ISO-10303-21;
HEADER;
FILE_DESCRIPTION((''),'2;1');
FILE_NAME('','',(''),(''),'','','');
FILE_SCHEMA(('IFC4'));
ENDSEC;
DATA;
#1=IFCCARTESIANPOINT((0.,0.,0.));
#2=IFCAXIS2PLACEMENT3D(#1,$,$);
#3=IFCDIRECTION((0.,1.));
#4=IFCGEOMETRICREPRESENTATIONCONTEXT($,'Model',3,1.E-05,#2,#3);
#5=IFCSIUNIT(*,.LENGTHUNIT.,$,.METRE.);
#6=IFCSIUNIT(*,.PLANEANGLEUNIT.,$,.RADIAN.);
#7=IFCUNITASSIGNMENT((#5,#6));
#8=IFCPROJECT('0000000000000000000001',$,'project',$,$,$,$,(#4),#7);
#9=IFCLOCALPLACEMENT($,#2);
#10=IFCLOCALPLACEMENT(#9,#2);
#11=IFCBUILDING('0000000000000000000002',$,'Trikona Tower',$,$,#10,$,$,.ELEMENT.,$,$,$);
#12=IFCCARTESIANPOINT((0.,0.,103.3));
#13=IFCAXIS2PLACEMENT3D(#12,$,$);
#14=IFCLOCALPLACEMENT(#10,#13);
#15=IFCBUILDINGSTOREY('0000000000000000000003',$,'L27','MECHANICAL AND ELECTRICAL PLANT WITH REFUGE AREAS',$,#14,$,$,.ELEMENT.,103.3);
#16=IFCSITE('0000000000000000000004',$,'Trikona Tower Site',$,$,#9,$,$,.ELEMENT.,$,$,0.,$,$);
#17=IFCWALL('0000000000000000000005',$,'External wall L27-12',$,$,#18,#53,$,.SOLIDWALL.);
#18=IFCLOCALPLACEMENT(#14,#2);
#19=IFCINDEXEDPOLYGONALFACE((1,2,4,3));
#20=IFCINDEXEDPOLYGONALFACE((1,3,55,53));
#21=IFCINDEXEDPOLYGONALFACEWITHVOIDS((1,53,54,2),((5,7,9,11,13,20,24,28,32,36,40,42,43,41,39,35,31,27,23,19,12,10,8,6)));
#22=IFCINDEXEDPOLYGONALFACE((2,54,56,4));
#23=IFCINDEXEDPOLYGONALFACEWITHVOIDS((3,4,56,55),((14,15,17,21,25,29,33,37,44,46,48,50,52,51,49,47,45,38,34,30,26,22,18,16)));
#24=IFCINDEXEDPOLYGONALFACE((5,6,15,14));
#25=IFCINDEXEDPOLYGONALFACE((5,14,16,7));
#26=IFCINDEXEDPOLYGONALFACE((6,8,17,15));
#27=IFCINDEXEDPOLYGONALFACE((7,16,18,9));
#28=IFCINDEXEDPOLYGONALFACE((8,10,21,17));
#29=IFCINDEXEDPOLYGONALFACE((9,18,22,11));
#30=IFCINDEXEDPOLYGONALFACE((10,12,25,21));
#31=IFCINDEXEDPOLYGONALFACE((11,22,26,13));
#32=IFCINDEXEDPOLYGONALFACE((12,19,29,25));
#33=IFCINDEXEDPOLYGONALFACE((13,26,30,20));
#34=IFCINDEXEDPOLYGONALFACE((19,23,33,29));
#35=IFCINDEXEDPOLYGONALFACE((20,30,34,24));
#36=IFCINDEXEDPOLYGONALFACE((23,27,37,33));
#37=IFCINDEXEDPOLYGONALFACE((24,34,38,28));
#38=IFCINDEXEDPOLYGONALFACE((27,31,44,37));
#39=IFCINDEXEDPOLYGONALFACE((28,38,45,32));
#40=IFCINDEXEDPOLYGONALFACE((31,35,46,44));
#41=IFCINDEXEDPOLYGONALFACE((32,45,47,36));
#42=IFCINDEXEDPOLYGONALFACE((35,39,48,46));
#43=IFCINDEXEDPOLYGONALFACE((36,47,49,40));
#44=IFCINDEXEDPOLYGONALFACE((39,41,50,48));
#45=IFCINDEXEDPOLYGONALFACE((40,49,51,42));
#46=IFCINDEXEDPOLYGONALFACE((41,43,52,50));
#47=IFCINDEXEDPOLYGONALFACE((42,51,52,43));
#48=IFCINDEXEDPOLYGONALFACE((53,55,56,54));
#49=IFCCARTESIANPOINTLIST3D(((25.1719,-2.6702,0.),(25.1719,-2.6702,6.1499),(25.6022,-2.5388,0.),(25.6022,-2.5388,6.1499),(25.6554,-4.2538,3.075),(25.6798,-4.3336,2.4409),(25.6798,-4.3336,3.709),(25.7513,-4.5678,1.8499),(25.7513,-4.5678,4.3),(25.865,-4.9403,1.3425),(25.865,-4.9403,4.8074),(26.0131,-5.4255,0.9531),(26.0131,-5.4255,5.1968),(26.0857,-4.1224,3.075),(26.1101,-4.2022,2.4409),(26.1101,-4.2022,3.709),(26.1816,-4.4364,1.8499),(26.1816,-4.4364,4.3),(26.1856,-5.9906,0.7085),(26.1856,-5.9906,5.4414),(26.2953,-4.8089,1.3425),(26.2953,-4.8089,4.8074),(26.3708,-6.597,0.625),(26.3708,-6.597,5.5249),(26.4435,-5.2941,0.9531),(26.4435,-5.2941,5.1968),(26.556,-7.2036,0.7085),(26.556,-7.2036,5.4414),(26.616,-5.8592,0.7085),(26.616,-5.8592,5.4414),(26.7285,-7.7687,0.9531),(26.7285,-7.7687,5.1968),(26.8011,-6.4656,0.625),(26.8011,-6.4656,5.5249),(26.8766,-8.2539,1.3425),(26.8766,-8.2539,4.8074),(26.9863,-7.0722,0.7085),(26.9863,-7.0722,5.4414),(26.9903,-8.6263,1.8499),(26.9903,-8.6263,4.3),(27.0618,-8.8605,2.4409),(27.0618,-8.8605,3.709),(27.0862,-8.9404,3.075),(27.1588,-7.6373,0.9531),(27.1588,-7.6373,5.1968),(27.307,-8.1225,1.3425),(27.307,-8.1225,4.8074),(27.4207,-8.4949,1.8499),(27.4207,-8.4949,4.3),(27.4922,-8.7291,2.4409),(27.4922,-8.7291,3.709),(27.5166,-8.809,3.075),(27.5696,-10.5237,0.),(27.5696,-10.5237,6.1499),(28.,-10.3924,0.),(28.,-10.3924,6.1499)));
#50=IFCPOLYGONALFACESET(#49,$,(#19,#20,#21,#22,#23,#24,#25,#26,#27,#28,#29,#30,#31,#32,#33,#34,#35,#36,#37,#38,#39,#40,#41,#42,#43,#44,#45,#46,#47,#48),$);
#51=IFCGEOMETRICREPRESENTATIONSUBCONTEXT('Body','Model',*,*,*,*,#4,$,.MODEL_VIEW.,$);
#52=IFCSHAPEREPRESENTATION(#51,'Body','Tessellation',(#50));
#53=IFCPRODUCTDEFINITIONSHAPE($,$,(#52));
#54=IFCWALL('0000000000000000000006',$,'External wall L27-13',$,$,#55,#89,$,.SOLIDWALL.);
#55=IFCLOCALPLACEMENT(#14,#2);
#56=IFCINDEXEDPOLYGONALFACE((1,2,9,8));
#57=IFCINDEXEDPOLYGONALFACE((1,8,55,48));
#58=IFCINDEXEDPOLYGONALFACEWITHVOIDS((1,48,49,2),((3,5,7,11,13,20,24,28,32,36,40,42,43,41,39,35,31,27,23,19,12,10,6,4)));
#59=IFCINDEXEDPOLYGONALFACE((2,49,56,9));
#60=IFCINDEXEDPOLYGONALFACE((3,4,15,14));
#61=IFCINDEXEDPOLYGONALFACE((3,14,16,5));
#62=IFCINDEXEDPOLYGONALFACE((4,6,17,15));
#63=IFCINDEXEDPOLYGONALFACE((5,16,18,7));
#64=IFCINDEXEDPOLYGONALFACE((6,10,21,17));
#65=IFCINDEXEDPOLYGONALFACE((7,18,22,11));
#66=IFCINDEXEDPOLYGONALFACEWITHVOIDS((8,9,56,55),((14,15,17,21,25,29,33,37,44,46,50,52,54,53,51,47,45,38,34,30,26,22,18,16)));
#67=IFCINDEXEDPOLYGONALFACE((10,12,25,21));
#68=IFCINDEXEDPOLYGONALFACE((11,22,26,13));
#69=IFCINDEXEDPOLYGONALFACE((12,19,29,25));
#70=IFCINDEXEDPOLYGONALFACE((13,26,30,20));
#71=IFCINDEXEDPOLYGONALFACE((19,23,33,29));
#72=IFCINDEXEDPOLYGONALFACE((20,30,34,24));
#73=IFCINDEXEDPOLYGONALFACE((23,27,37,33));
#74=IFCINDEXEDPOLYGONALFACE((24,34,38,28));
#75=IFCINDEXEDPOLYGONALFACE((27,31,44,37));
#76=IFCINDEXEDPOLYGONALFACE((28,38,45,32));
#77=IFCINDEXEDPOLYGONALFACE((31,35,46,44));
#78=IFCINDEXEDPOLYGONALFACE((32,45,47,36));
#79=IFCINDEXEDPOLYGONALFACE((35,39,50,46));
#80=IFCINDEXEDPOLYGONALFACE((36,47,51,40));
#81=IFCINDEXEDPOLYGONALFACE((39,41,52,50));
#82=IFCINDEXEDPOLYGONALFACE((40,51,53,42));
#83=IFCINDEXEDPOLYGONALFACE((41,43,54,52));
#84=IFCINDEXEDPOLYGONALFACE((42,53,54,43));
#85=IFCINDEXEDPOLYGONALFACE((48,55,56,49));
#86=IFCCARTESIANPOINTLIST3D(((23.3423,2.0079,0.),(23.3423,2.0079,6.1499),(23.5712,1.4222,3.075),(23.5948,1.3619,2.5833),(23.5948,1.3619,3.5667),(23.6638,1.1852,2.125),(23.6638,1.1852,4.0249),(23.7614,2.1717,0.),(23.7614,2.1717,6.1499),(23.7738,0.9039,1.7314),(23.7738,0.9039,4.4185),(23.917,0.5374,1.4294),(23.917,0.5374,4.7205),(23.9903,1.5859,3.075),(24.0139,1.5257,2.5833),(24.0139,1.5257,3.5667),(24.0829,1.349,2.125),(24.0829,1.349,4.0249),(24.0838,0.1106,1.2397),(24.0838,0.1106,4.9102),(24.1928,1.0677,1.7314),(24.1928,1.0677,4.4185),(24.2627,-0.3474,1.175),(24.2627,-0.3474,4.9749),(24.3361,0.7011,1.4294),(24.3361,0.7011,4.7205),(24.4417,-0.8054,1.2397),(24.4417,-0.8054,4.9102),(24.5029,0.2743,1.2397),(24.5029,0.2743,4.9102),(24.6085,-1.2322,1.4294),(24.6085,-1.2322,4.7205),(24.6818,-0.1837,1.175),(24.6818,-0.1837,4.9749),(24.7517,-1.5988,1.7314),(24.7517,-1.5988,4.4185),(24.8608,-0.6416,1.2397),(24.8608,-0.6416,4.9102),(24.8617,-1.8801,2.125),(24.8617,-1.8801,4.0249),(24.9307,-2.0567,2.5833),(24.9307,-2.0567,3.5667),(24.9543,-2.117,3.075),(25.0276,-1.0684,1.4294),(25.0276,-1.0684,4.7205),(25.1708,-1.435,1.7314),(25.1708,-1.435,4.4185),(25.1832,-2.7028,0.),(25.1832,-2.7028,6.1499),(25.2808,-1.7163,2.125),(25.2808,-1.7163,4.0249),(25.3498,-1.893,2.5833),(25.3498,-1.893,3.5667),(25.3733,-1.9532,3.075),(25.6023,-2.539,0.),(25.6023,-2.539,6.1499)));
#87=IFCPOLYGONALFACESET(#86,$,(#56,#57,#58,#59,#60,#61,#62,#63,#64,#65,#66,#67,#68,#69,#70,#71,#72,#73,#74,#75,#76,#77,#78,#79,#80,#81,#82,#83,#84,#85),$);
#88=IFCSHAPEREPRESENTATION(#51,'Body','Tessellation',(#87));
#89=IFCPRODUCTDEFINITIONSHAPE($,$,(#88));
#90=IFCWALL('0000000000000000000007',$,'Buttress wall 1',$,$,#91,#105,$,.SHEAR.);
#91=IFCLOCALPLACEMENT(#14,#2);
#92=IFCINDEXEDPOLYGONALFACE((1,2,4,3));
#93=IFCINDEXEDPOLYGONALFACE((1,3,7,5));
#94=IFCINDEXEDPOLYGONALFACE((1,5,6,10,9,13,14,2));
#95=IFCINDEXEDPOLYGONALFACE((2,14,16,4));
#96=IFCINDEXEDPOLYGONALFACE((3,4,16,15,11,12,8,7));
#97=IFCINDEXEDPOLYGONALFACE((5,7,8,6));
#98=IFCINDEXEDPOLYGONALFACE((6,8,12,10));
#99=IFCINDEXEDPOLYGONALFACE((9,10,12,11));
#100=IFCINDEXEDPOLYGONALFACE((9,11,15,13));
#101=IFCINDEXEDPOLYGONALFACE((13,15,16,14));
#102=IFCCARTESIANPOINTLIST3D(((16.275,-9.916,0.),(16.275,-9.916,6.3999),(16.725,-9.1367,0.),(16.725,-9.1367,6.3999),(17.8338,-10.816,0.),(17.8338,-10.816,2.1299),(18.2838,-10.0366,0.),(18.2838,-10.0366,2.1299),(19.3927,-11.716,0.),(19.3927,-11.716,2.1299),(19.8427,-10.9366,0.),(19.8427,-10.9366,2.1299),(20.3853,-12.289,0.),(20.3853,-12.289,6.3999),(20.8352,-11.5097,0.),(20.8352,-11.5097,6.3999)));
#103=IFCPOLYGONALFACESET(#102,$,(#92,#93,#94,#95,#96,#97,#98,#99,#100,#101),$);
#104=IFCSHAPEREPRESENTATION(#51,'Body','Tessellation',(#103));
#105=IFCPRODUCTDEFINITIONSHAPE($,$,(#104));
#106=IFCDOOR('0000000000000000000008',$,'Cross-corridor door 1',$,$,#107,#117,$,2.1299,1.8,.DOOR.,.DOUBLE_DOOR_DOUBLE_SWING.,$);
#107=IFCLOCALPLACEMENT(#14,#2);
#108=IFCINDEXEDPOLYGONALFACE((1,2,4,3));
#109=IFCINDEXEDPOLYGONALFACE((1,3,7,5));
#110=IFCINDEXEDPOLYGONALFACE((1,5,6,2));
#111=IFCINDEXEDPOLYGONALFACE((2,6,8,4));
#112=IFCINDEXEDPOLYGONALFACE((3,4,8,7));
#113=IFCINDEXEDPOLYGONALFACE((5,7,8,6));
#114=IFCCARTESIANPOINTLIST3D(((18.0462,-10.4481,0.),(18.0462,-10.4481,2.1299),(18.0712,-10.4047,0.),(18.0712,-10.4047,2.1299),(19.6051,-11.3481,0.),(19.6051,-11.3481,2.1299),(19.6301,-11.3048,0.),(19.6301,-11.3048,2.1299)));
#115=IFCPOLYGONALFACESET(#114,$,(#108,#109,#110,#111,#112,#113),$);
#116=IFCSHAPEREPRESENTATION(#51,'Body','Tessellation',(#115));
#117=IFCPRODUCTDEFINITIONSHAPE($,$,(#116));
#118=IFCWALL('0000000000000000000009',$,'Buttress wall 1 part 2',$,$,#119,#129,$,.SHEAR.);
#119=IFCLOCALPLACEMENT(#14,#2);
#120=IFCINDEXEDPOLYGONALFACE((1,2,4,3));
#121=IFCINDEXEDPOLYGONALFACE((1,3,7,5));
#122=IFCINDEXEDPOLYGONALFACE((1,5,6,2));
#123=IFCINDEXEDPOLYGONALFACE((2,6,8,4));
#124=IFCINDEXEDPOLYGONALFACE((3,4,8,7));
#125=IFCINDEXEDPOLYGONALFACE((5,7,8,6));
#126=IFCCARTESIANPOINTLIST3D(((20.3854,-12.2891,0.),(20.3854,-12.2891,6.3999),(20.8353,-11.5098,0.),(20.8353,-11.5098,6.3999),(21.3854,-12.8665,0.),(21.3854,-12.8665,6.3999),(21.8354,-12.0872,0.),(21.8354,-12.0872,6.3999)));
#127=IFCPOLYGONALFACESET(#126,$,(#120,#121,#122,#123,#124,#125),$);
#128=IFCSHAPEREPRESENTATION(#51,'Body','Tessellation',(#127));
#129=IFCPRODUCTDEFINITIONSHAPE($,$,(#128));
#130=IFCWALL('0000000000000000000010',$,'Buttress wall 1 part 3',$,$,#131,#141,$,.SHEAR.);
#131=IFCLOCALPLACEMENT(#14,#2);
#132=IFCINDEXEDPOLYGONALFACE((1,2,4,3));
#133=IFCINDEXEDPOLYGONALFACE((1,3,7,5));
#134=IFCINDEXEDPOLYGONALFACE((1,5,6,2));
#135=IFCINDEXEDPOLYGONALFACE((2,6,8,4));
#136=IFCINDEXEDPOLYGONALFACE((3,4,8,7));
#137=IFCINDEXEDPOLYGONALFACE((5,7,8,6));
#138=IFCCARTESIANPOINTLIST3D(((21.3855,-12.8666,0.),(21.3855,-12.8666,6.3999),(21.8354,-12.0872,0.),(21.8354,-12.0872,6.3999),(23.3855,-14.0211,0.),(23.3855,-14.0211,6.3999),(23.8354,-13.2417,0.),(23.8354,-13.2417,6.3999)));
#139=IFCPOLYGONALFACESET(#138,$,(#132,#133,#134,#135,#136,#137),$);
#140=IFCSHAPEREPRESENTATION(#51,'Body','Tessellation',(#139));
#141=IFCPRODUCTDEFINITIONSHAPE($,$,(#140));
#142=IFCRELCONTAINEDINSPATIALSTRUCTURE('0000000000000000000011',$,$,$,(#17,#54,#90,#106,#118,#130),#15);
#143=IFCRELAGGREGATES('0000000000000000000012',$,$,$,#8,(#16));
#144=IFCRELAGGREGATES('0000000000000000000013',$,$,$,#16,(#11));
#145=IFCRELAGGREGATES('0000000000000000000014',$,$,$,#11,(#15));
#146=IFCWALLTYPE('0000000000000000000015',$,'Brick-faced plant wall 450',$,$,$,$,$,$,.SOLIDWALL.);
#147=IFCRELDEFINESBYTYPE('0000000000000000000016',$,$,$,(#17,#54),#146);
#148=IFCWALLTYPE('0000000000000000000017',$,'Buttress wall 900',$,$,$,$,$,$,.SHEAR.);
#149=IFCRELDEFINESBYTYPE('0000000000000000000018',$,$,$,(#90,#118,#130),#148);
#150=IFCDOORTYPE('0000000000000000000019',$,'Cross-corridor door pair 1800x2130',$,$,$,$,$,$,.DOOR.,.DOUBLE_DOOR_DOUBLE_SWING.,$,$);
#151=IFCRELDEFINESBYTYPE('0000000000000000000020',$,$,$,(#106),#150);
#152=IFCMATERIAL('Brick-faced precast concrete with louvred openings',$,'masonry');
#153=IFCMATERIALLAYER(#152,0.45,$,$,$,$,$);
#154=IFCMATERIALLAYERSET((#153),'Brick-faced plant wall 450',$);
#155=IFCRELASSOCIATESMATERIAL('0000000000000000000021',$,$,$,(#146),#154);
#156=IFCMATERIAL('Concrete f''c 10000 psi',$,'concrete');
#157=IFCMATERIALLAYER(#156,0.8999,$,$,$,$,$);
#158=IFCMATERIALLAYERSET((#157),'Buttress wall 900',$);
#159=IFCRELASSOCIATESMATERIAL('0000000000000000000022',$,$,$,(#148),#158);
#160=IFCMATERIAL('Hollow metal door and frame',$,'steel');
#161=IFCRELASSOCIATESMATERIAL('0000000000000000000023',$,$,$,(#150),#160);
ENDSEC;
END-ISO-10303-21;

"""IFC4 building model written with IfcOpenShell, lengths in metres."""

from ifc_helpers import new_model, si_unit, direction, frame, frame_2d, origin, place, context, subcontext, project, spatial, polyline, rectangle, outline, extrude, material, layer, layer_set, type_object, element, fill, save


model = new_model("IFC4")

# Units and contexts
model_context = context("Model", 3, precision=1e-05, world=origin(), true_north=direction((0.0, 1.0)))
body_context = subcontext(model_context, "Body", "Model", "MODEL_VIEW")
ifc_project = project(units=[si_unit("LENGTHUNIT", "METRE"), si_unit("PLANEANGLEUNIT", "RADIAN")], contexts=[model_context])

# Site, building, storey
site_placement = place(None, origin())
site = spatial("IfcSite", under=ifc_project, at=site_placement, Name="Trikona Tower Site", CompositionType="ELEMENT", RefElevation=0.0)
building_placement = place(site_placement, origin())
building = spatial("IfcBuilding", under=site, at=building_placement, Name="Trikona Tower", CompositionType="ELEMENT")
storey_placement = place(building_placement, frame((0.0, 0.0, 103.3)))
storey = spatial("IfcBuildingStorey", under=building, at=storey_placement, Name="L27", Description="MECHANICAL AND ELECTRICAL PLANT WITH REFUGE AREAS", CompositionType="ELEMENT", Elevation=103.3)

# Walls
ifc_material_1 = material(Name="Brick-faced precast concrete with louvred openings", Category="masonry")
ifc_layer_1 = layer(ifc_material_1, 0.45)
ifc_layer_set_1 = layer_set([ifc_layer_1], Name="Brick-faced plant wall 450")
wall_type_1 = type_object("IfcWallType", Name="Brick-faced plant wall 450", PredefinedType="SOLIDWALL", material=ifc_layer_set_1)
wall_1_placement = place(storey_placement, frame((27.7849, -10.458, 0.0), z_axis=(0.0, 0.0, 1.0), x_axis=(-0.291998, 0.956419, 0.0)))
element("IfcWall", 1, at=wall_1_placement, inside=storey, type_object=wall_type_1, Name="External wall L27-12", PredefinedType="SOLIDWALL", context=body_context, shape_type="SweptSolid", body=[
    extrude(outline(polyline([(0.0, 0.0), (8.2114, 0.0), (8.2114, 6.1499), (0.0, 6.1499), (0.0, 0.0)]), holes=[polyline([(6.5557, 3.075), (6.4722, 3.709), (6.2273, 4.3), (5.8379, 4.8074), (5.3306, 5.1968), (4.7397, 5.4414), (4.1057, 5.5249), (3.4714, 5.4414), (2.8806, 5.1968), (2.3733, 4.8074), (1.9839, 4.3), (1.739, 3.709), (1.6555, 3.075), (1.739, 2.4409), (1.9839, 1.8499), (2.3733, 1.3425), (2.8806, 0.9531), (3.4714, 0.7085), (4.1057, 0.625), (4.7397, 0.7085), (5.3306, 0.9531), (5.8379, 1.3425), (6.2273, 1.8499), (6.4722, 2.4409), (6.5557, 3.075)])]), frame((0.0, 0.2251, 0.0), z_axis=(0.0, -1.0, 0.0), x_axis=(1.0, 0.0, 0.0)), (0.0, 0.0, 1.0), 0.45),
])
wall_2_placement = place(storey_placement, frame((25.3928, -2.6208, 0.0), z_axis=(0.0, 0.0, 1.0), x_axis=(-0.363972, 0.93141, 0.0)))
element("IfcWall", 2, at=wall_2_placement, inside=storey, type_object=wall_type_1, Name="External wall L27-13", PredefinedType="SOLIDWALL", context=body_context, shape_type="SweptSolid", body=[
    extrude(outline(polyline([(0.0, 0.0), (5.0576, 0.0), (5.0576, 6.1499), (0.0, 6.1499), (0.0, 0.0)]), holes=[polyline([(4.4287, 3.075), (4.364, 3.5667), (4.1743, 4.0249), (3.8723, 4.4185), (3.4788, 4.7205), (3.0205, 4.9102), (2.5288, 4.9749), (2.0371, 4.9102), (1.5789, 4.7205), (1.1853, 4.4185), (0.8833, 4.0249), (0.6936, 3.5667), (0.6289, 3.075), (0.6936, 2.5833), (0.8833, 2.125), (1.1853, 1.7314), (1.5789, 1.4294), (2.0371, 1.2397), (2.5288, 1.175), (3.0205, 1.2397), (3.4788, 1.4294), (3.8723, 1.7314), (4.1743, 2.125), (4.364, 2.5833), (4.4287, 3.075)])]), frame((0.0, 0.2251, 0.0), z_axis=(0.0, -1.0, 0.0), x_axis=(1.0, 0.0, 0.0)), (0.0, 0.0, 1.0), 0.45),
])

# Wall, opening, door
ifc_material_2 = material(Name="Concrete f'c 10000 psi", Category="concrete")
ifc_layer_2 = layer(ifc_material_2, 0.8999)
ifc_layer_set_2 = layer_set([ifc_layer_2], Name="Buttress wall 900")
wall_type_2 = type_object("IfcWallType", Name="Buttress wall 900", PredefinedType="SHEAR", material=ifc_layer_set_2)
wall_3_placement = place(storey_placement, frame((16.5, -9.5264, 0.0), z_axis=(0.0, 0.0, 1.0), x_axis=(0.866031, -0.49999, 0.0)))
wall_3 = element("IfcWall", 3, at=wall_3_placement, inside=storey, type_object=wall_type_2, Name="Buttress wall 1", PredefinedType="SHEAR", context=body_context, shape_type="SweptSolid", body=[
    extrude(rectangle(XDim=4.7461, YDim=0.8999, at=frame_2d((2.373, 0.0))), origin(), (0.0, 0.0, 1.0), 6.3999),
])
opening_1_placement = place(wall_3_placement, frame((1.8, 0.0, 0.0)))
opening_1 = element("IfcOpeningElement", 4, at=opening_1_placement, cuts=wall_3, PredefinedType="OPENING", context=body_context, shape_type="SweptSolid", body=[
    extrude(rectangle(XDim=1.8, YDim=2.1299, at=frame_2d((0.8999, 1.0649))), frame((0.0, 0.46, 0.0), z_axis=(0.0, -1.0, 0.0), x_axis=(1.0, 0.0, 0.0)), (0.0, 0.0, 1.0), 0.9199),
])
ifc_material_3 = material(Name="Hollow metal door and frame", Category="steel")
door_type_1 = type_object("IfcDoorType", Name="Cross-corridor door pair 1800x2130", OperationType="DOUBLE_DOOR_DOUBLE_SWING", PredefinedType="DOOR", material=ifc_material_3)
door_1_placement = place(opening_1_placement, origin())
door_1 = element("IfcDoor", 5, at=door_1_placement, inside=storey, type_object=door_type_1, Name="Cross-corridor door 1", OperationType="DOUBLE_DOOR_DOUBLE_SWING", OverallHeight=2.1299, OverallWidth=1.8, PredefinedType="DOOR", context=body_context, shape_type="SweptSolid", body=[
    extrude(rectangle(XDim=1.8, YDim=2.1299, at=frame_2d((0.8999, 1.0649))), frame((0.0, 0.0249, 0.0), z_axis=(0.0, -1.0, 0.0), x_axis=(1.0, 0.0, 0.0)), (0.0, 0.0, 1.0), 0.05),
])
fill(opening_1, door_1)

# Walls
wall_4_placement = place(storey_placement, frame((20.6104, -11.8994, 0.0), z_axis=(0.0, 0.0, 1.0), x_axis=(0.86601, -0.500027, 0.0)))
element("IfcWall", 6, at=wall_4_placement, inside=storey, type_object=wall_type_2, Name="Buttress wall 1 part 2", PredefinedType="SHEAR", context=body_context, shape_type="SweptSolid", body=[
    extrude(rectangle(XDim=1.1548, YDim=0.8999, at=frame_2d((0.5774, 0.0))), origin(), (0.0, 0.0, 1.0), 6.3999),
])
wall_5_placement = place(storey_placement, frame((21.6104, -12.4768, 0.0), z_axis=(0.0, 0.0, 1.0), x_axis=(0.866055, -0.499948, 0.0)))
element("IfcWall", 7, at=wall_5_placement, inside=storey, type_object=wall_type_2, Name="Buttress wall 1 part 3", PredefinedType="SHEAR", context=body_context, shape_type="SweptSolid", body=[
    extrude(rectangle(XDim=2.3093, YDim=0.8999, at=frame_2d((1.1548, 0.0))), origin(), (0.0, 0.0, 1.0), 6.3999),
])

save(model, "model.ifc")
